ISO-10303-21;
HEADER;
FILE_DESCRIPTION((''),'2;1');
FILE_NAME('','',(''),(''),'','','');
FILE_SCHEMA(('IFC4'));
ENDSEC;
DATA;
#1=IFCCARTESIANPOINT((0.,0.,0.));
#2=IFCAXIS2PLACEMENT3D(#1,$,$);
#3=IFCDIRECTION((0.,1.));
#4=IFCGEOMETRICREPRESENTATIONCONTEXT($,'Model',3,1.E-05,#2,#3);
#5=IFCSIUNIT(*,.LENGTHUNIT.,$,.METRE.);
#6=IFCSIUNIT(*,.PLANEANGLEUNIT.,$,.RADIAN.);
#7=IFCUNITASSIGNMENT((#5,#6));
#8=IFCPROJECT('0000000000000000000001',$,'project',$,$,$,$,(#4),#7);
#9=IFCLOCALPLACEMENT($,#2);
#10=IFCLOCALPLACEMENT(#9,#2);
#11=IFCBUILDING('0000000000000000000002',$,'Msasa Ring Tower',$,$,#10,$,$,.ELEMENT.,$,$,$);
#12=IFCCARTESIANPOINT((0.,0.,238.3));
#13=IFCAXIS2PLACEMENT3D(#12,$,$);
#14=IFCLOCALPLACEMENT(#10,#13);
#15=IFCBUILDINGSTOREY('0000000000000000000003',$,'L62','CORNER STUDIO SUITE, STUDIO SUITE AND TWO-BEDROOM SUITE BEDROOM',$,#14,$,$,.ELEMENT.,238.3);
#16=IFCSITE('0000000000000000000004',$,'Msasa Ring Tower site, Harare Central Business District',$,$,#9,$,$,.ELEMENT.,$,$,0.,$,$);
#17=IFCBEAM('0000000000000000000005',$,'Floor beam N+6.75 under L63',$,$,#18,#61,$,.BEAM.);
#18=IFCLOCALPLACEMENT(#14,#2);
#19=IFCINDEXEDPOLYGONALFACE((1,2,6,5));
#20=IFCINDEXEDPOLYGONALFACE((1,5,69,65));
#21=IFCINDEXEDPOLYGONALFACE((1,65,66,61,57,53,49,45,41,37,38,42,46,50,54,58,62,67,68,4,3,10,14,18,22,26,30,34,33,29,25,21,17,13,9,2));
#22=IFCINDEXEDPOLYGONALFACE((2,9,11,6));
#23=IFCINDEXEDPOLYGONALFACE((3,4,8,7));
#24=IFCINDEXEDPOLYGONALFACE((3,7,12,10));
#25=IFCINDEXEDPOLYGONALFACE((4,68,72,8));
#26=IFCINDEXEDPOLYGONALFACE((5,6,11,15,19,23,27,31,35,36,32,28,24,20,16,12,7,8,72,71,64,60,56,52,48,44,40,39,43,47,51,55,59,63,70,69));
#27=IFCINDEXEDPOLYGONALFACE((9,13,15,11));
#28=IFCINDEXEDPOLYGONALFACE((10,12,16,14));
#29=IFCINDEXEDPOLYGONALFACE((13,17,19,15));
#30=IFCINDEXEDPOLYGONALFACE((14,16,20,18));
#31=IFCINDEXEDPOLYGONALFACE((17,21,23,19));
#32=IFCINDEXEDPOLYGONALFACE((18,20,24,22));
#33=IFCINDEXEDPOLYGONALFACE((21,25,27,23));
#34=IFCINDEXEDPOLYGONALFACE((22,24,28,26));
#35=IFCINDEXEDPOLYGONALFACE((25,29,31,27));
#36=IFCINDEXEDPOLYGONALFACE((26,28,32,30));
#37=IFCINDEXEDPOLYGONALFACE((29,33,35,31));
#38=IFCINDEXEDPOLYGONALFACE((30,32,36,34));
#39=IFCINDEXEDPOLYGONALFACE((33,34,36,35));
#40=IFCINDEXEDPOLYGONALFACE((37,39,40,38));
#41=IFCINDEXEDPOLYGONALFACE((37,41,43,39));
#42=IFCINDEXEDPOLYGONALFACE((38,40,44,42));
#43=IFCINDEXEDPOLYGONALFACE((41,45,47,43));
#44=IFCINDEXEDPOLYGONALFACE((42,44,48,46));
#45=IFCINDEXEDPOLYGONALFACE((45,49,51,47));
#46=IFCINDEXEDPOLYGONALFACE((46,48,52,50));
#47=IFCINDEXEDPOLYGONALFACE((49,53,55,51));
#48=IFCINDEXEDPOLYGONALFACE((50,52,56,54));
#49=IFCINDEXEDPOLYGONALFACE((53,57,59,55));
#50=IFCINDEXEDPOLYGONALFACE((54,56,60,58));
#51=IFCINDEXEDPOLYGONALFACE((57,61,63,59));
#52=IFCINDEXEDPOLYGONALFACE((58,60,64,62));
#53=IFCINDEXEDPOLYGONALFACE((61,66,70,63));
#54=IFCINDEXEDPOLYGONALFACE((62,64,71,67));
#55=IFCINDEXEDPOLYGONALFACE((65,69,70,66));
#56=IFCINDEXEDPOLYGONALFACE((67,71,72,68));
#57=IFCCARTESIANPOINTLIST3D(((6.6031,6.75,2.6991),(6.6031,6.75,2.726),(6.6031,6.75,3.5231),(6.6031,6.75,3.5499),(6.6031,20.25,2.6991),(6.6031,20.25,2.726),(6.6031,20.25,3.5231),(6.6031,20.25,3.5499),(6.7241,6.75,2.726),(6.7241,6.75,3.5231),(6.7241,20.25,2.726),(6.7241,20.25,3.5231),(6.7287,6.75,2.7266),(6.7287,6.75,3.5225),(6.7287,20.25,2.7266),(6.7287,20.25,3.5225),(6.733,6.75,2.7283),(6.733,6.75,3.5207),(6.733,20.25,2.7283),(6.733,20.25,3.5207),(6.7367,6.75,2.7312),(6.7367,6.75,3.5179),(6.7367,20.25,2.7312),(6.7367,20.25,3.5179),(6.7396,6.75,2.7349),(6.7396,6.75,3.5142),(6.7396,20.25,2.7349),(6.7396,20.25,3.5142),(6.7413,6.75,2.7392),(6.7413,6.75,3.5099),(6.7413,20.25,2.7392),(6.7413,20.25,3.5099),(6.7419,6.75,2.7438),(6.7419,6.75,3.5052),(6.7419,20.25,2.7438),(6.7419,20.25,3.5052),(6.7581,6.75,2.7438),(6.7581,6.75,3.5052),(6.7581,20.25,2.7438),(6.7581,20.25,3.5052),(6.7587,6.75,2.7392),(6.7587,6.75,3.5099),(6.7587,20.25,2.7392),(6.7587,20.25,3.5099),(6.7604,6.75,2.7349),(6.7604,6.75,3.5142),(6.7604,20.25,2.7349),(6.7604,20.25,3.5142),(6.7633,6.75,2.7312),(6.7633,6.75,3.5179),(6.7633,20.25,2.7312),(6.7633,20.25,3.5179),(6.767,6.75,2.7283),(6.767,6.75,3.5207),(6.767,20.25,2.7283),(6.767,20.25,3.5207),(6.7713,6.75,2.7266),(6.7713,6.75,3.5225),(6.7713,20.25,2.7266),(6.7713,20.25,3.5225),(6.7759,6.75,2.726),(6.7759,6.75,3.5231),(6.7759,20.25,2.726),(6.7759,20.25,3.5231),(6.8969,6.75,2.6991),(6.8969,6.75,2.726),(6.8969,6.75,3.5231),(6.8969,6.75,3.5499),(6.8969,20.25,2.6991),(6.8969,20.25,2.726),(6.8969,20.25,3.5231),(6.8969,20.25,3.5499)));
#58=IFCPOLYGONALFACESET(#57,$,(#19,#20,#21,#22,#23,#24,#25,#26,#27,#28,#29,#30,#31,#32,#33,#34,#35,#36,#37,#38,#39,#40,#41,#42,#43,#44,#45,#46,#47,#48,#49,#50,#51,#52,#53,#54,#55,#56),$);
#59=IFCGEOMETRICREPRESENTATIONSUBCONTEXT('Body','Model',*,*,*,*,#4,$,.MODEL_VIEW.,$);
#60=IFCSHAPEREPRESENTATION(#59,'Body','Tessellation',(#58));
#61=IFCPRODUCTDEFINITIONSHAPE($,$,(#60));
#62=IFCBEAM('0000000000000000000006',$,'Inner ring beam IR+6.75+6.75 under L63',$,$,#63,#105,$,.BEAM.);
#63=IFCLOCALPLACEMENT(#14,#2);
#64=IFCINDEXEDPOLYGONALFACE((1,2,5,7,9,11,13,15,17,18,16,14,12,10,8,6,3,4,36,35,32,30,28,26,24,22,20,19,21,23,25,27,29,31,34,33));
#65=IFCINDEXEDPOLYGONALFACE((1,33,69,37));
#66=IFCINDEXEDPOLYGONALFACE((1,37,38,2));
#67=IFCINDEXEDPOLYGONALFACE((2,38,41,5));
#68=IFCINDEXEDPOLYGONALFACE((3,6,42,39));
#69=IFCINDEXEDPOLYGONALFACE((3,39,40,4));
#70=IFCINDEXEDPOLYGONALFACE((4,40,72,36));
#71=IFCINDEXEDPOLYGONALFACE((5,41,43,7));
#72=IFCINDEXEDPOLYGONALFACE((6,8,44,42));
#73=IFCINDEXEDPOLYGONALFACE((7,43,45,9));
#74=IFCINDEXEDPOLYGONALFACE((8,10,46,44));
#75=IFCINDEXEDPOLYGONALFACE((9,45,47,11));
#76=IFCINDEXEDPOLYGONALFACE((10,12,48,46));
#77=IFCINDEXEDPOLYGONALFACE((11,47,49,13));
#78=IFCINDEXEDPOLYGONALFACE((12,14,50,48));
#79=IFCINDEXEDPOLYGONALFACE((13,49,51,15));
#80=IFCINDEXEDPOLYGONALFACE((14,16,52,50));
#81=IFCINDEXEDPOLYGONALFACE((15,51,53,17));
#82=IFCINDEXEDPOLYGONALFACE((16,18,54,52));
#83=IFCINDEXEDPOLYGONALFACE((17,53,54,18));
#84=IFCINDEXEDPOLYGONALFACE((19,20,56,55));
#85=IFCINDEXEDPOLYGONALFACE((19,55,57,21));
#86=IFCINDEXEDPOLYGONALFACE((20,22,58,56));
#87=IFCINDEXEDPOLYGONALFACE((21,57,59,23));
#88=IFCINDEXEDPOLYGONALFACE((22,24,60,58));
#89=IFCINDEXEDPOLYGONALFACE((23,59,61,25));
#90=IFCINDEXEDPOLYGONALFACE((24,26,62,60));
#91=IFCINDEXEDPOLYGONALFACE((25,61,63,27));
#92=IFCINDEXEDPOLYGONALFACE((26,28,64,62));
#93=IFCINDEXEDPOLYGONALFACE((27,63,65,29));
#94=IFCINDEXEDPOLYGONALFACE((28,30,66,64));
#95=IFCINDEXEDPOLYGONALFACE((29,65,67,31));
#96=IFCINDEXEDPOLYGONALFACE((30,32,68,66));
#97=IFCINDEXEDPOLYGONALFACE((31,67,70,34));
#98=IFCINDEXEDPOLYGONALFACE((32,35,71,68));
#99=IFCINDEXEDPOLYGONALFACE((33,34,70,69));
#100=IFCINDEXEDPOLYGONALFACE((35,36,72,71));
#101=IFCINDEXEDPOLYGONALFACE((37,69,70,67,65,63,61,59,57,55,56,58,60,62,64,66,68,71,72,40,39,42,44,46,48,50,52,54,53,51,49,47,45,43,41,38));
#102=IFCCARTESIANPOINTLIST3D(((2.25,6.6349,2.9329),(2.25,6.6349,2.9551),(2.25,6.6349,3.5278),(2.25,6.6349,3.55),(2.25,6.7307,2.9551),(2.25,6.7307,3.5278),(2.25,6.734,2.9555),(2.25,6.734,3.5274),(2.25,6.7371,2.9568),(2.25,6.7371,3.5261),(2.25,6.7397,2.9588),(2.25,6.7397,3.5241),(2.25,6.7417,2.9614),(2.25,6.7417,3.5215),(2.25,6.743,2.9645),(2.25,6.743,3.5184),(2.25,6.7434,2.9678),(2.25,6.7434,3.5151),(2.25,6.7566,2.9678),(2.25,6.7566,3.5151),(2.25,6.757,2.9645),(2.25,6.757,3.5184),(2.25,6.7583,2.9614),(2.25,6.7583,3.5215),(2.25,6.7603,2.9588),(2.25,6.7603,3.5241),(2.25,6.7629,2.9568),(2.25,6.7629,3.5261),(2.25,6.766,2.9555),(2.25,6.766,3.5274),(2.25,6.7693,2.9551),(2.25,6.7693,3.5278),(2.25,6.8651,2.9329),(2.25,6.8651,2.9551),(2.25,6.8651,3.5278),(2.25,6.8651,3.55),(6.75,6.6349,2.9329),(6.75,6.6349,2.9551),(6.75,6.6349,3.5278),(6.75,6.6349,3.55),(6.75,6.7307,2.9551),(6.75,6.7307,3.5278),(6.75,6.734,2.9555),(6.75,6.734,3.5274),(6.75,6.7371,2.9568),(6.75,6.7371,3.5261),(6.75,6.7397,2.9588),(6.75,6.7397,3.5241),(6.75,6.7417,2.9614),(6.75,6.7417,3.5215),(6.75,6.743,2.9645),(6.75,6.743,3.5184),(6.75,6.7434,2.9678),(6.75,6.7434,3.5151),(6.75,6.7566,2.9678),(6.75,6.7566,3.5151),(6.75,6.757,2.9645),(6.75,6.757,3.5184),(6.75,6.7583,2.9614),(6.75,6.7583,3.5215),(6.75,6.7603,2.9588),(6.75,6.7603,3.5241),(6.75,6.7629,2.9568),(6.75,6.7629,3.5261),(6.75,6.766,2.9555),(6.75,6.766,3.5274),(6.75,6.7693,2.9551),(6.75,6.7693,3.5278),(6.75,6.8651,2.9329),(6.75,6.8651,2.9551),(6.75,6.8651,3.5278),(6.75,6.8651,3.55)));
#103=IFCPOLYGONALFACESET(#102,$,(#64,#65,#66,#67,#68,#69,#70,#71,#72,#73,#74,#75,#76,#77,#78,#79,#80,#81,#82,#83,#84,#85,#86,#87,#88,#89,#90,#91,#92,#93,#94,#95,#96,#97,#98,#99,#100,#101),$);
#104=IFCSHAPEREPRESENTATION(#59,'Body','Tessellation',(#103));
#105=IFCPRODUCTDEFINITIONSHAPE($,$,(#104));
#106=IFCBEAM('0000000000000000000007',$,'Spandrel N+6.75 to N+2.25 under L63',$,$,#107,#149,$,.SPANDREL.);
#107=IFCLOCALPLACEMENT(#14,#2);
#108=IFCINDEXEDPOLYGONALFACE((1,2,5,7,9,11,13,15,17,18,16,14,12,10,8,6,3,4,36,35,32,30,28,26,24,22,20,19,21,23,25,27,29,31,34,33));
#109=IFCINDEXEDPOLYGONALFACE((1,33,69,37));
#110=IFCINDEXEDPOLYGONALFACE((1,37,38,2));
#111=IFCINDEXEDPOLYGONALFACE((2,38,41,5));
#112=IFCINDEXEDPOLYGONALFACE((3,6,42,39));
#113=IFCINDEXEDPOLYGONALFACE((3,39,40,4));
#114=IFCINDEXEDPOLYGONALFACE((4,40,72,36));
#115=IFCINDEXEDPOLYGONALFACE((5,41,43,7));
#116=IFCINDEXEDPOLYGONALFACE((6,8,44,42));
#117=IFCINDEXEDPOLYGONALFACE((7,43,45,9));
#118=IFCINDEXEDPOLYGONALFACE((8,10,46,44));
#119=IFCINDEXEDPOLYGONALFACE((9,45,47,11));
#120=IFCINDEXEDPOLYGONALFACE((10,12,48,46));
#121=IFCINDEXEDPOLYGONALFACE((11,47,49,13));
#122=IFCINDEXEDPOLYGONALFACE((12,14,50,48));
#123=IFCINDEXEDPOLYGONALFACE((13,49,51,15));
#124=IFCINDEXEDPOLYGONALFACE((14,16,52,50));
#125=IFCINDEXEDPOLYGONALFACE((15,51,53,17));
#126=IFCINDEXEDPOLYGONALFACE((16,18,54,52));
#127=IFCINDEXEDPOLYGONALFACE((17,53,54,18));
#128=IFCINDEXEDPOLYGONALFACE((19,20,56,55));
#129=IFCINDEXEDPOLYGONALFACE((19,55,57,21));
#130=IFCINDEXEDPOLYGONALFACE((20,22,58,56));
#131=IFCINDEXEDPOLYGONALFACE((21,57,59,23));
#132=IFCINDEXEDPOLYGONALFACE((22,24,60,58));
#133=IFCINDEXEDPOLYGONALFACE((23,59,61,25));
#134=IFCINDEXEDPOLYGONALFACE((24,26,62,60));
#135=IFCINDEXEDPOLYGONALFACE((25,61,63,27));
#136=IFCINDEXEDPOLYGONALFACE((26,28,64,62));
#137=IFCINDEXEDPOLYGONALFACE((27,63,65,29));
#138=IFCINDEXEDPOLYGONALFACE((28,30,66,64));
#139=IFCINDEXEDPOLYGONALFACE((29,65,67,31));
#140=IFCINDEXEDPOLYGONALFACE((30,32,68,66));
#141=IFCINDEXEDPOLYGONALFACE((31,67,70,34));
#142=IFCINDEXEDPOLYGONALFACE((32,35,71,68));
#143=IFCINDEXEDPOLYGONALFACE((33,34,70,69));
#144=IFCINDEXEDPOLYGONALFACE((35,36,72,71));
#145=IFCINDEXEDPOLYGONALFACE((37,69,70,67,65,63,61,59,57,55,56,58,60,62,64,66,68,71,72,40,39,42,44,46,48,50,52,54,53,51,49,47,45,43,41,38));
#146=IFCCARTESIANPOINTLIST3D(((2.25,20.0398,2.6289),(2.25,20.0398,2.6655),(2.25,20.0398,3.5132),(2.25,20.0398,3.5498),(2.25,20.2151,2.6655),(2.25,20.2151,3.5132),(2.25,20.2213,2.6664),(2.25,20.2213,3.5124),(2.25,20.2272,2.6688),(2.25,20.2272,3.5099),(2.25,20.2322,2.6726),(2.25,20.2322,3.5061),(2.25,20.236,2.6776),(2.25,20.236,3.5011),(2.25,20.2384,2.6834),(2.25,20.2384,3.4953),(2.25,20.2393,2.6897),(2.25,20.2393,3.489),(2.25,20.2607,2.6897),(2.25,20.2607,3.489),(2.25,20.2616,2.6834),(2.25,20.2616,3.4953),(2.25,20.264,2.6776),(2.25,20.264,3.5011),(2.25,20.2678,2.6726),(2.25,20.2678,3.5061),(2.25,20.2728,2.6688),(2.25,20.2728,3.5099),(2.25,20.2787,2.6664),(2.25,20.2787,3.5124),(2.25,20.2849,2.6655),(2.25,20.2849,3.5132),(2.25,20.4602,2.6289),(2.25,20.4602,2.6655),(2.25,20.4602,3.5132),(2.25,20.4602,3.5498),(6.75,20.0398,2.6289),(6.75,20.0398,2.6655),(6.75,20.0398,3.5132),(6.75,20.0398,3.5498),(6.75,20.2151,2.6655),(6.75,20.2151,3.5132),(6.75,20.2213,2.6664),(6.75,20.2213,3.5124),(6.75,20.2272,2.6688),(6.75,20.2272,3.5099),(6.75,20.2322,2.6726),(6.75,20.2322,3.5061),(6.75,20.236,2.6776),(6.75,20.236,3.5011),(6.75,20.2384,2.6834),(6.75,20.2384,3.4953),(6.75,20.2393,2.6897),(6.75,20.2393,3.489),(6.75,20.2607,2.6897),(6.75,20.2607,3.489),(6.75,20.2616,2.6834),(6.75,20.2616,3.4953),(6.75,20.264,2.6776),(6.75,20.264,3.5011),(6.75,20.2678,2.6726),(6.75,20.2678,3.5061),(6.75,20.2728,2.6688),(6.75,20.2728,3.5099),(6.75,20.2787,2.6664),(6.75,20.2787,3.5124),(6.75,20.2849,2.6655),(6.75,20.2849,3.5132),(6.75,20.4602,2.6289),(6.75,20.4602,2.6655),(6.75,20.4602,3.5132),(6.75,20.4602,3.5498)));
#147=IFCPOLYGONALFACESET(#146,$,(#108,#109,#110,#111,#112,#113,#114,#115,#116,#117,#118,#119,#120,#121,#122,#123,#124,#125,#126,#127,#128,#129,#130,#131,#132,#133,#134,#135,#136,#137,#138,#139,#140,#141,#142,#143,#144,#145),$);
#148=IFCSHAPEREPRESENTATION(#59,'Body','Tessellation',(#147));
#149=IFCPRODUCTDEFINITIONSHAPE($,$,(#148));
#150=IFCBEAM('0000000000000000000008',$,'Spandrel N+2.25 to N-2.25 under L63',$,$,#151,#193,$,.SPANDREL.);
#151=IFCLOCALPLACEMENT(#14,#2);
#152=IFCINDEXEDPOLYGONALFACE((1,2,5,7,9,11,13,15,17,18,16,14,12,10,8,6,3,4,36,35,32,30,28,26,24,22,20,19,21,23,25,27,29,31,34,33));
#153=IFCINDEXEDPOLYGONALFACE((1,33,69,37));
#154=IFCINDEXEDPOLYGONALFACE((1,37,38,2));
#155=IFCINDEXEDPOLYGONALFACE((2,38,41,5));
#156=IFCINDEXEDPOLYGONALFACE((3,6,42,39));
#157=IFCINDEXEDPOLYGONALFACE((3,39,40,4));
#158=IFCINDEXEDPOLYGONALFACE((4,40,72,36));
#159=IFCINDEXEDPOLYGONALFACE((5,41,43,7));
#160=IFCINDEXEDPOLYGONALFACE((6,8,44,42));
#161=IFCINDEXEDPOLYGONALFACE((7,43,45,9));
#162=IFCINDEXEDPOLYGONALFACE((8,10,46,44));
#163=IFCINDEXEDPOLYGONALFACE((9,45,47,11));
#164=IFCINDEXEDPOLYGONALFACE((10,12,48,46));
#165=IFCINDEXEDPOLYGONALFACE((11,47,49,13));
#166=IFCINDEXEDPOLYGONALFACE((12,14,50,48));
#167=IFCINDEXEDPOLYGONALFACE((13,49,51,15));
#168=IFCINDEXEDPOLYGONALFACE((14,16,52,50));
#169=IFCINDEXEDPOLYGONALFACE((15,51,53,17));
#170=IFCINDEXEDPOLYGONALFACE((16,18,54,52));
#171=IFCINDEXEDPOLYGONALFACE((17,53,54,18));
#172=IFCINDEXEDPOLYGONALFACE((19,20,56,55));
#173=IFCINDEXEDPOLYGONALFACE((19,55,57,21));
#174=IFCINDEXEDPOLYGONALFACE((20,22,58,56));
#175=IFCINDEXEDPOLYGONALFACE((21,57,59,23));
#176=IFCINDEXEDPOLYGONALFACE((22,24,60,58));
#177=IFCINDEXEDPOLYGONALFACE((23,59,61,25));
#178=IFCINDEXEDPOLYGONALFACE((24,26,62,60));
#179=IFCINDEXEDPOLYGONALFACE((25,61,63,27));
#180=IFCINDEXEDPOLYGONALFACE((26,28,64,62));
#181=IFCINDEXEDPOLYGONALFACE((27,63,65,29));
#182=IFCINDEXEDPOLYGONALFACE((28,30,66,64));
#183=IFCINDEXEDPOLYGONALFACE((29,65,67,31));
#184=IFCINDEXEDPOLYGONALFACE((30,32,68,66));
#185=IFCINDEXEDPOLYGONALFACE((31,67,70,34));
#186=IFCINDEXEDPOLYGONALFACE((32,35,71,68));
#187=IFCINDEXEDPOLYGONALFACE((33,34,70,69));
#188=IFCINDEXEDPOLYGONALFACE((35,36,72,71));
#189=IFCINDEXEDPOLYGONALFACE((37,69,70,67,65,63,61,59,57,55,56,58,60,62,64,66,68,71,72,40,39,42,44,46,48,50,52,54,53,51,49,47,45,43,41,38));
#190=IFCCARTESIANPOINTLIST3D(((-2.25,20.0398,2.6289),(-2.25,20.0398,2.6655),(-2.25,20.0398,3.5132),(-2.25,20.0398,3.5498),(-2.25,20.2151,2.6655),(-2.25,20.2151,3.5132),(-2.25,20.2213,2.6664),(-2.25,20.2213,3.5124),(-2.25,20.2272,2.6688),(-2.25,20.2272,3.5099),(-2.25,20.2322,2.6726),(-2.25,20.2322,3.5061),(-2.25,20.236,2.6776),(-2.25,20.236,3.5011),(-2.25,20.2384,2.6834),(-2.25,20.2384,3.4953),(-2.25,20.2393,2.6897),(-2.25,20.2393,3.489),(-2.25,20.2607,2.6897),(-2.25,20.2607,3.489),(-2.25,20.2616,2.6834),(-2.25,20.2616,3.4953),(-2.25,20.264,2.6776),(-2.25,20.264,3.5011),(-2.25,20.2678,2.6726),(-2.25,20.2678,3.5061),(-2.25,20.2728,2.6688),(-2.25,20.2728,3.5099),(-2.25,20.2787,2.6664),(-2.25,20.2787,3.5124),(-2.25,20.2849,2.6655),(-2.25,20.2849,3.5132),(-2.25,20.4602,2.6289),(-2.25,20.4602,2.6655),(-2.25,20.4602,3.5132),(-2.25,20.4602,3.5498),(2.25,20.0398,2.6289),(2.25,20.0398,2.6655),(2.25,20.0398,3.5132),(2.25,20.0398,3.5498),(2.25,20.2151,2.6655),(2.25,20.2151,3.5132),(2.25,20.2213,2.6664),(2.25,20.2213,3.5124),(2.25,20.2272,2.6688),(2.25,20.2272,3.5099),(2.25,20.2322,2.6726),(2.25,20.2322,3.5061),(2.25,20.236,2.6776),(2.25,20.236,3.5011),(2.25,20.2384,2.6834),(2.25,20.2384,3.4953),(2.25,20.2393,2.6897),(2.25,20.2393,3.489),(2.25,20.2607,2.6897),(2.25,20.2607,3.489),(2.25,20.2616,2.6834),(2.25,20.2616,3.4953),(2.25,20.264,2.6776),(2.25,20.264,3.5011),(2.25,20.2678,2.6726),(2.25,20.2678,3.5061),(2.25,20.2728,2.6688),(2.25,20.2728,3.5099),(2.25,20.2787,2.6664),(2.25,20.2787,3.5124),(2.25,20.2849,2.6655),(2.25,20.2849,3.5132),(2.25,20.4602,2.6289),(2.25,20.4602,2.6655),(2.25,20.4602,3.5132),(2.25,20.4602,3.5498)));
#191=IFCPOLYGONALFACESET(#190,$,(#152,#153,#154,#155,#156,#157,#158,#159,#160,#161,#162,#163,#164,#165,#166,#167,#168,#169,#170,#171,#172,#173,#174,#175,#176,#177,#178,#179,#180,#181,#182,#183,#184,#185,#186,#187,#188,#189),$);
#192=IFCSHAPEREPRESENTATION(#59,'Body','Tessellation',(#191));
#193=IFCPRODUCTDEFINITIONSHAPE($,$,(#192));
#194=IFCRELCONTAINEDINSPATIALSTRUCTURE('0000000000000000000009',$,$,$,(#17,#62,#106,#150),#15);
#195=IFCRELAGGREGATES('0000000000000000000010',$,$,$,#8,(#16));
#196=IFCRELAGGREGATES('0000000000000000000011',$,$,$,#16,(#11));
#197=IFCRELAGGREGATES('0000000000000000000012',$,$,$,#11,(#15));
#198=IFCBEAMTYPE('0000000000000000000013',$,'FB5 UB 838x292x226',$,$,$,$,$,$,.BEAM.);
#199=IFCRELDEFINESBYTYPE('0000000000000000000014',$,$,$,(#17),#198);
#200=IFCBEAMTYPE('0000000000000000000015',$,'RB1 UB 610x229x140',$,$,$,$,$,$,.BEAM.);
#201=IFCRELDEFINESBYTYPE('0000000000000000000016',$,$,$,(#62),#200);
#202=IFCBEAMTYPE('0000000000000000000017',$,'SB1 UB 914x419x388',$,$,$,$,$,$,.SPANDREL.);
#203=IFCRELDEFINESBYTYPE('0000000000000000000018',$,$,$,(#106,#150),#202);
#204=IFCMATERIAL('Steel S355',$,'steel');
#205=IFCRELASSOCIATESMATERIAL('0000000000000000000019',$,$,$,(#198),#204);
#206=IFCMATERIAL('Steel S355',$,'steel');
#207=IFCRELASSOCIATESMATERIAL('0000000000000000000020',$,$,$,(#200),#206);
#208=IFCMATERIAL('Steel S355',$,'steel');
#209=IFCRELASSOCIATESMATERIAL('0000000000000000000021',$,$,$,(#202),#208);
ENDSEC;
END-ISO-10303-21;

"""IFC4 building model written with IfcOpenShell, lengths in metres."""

from ifc_helpers import new_model, si_unit, direction, frame, origin, origin_2d, place, context, subcontext, project, spatial, i_section, extrude, material, material_profile, profile_set, type_object, element, save


model = new_model("IFC4")

# Units and contexts
model_context = context("Model", 3, precision=1e-05, world=origin(), true_north=direction((0.0, 1.0)))
body_context = subcontext(model_context, "Body", "Model", "MODEL_VIEW")
ifc_project = project(units=[si_unit("LENGTHUNIT", "METRE"), si_unit("PLANEANGLEUNIT", "RADIAN")], contexts=[model_context])

# Site, building, storey
site_placement = place(None, origin())
site = spatial("IfcSite", under=ifc_project, at=site_placement, Name="Msasa Ring Tower site, Harare Central Business District", CompositionType="ELEMENT", RefElevation=0.0)
building_placement = place(site_placement, origin())
building = spatial("IfcBuilding", under=site, at=building_placement, Name="Msasa Ring Tower", CompositionType="ELEMENT")
storey_placement = place(building_placement, frame((0.0, 0.0, 238.3)))
storey = spatial("IfcBuildingStorey", under=building, at=storey_placement, Name="L62", Description="CORNER STUDIO SUITE, STUDIO SUITE AND TWO-BEDROOM SUITE BEDROOM", CompositionType="ELEMENT", Elevation=238.3)

# Beams
ifc_material_1 = material(Name="Steel S355", Category="steel")
ifc_material_profile_1 = material_profile(ifc_material_1, i_section(OverallWidth=0.2937, OverallDepth=0.8508, WebThickness=0.0161, FlangeThickness=0.0269, FilletRadius=0.0178, at=origin_2d()), Name="UB 838x292x226")
ifc_profile_set_1 = profile_set([ifc_material_profile_1], Name="Steel S355")
beam_type_1 = type_object("IfcBeamType", Name="FB5 UB 838x292x226", PredefinedType="BEAM", material=ifc_profile_set_1)
for number, where, z_axis, x_axis, name in (
    (1, (6.75, 20.25, 3.1245), (0.0, -1.0, 0.0), (1.0, 0.0, 0.0), "Floor beam N+6.75 under L63"),
):
    element("IfcBeam", number, at=place(storey_placement, frame(where, z_axis=z_axis, x_axis=x_axis)), inside=storey, type_object=beam_type_1, Name=name, PredefinedType="BEAM", context=body_context, shape_type="SweptSolid", body=[
        extrude(i_section(OverallWidth=0.2937, OverallDepth=0.8508, WebThickness=0.0161, FlangeThickness=0.0269, FilletRadius=0.0178, at=origin_2d()), origin(), (0.0, 0.0, 1.0), 13.5),
    ])
ifc_material_2 = material(Name="Steel S355", Category="steel")
ifc_material_profile_2 = material_profile(ifc_material_2, i_section(OverallWidth=0.2302, OverallDepth=0.6172, WebThickness=0.0132, FlangeThickness=0.0222, FilletRadius=0.0127, at=origin_2d()), Name="UB 610x229x140")
ifc_profile_set_2 = profile_set([ifc_material_profile_2], Name="Steel S355")
beam_type_2 = type_object("IfcBeamType", Name="RB1 UB 610x229x140", PredefinedType="BEAM", material=ifc_profile_set_2)
beam_placement = place(storey_placement, frame((6.75, 6.75, 3.2415), z_axis=(-1.0, 0.0, 0.0), x_axis=(0.0, -1.0, 0.0)))
element("IfcBeam", 2, at=beam_placement, inside=storey, type_object=beam_type_2, Name="Inner ring beam IR+6.75+6.75 under L63", PredefinedType="BEAM", context=body_context, shape_type="SweptSolid", body=[
    extrude(i_section(OverallWidth=0.2302, OverallDepth=0.6172, WebThickness=0.0132, FlangeThickness=0.0222, FilletRadius=0.0127, at=origin_2d()), origin(), (0.0, 0.0, 1.0), 4.5),
])
ifc_material_3 = material(Name="Steel S355", Category="steel")
ifc_material_profile_3 = material_profile(ifc_material_3, i_section(OverallWidth=0.4204, OverallDepth=0.9209, WebThickness=0.0215, FlangeThickness=0.0366, FilletRadius=0.0242, at=origin_2d()), Name="UB 914x419x388")
ifc_profile_set_3 = profile_set([ifc_material_profile_3], Name="Steel S355")
beam_type_3 = type_object("IfcBeamType", Name="SB1 UB 914x419x388", PredefinedType="SPANDREL", material=ifc_profile_set_3)
for number, where, z_axis, x_axis, name in (
    (3, (6.75, 20.25, 3.0894), (-1.0, 0.0, 0.0), (0.0, -1.0, 0.0), "Spandrel N+6.75 to N+2.25 under L63"),
    (4, (2.25, 20.25, 3.0894), (-1.0, 0.0, 0.0), (0.0, -1.0, 0.0), "Spandrel N+2.25 to N-2.25 under L63"),
):
    element("IfcBeam", number, at=place(storey_placement, frame(where, z_axis=z_axis, x_axis=x_axis)), inside=storey, type_object=beam_type_3, Name=name, PredefinedType="SPANDREL", context=body_context, shape_type="SweptSolid", body=[
        extrude(i_section(OverallWidth=0.4204, OverallDepth=0.9209, WebThickness=0.0215, FlangeThickness=0.0366, FilletRadius=0.0242, at=origin_2d()), origin(), (0.0, 0.0, 1.0), 4.5),
    ])

save(model, "model.ifc")
